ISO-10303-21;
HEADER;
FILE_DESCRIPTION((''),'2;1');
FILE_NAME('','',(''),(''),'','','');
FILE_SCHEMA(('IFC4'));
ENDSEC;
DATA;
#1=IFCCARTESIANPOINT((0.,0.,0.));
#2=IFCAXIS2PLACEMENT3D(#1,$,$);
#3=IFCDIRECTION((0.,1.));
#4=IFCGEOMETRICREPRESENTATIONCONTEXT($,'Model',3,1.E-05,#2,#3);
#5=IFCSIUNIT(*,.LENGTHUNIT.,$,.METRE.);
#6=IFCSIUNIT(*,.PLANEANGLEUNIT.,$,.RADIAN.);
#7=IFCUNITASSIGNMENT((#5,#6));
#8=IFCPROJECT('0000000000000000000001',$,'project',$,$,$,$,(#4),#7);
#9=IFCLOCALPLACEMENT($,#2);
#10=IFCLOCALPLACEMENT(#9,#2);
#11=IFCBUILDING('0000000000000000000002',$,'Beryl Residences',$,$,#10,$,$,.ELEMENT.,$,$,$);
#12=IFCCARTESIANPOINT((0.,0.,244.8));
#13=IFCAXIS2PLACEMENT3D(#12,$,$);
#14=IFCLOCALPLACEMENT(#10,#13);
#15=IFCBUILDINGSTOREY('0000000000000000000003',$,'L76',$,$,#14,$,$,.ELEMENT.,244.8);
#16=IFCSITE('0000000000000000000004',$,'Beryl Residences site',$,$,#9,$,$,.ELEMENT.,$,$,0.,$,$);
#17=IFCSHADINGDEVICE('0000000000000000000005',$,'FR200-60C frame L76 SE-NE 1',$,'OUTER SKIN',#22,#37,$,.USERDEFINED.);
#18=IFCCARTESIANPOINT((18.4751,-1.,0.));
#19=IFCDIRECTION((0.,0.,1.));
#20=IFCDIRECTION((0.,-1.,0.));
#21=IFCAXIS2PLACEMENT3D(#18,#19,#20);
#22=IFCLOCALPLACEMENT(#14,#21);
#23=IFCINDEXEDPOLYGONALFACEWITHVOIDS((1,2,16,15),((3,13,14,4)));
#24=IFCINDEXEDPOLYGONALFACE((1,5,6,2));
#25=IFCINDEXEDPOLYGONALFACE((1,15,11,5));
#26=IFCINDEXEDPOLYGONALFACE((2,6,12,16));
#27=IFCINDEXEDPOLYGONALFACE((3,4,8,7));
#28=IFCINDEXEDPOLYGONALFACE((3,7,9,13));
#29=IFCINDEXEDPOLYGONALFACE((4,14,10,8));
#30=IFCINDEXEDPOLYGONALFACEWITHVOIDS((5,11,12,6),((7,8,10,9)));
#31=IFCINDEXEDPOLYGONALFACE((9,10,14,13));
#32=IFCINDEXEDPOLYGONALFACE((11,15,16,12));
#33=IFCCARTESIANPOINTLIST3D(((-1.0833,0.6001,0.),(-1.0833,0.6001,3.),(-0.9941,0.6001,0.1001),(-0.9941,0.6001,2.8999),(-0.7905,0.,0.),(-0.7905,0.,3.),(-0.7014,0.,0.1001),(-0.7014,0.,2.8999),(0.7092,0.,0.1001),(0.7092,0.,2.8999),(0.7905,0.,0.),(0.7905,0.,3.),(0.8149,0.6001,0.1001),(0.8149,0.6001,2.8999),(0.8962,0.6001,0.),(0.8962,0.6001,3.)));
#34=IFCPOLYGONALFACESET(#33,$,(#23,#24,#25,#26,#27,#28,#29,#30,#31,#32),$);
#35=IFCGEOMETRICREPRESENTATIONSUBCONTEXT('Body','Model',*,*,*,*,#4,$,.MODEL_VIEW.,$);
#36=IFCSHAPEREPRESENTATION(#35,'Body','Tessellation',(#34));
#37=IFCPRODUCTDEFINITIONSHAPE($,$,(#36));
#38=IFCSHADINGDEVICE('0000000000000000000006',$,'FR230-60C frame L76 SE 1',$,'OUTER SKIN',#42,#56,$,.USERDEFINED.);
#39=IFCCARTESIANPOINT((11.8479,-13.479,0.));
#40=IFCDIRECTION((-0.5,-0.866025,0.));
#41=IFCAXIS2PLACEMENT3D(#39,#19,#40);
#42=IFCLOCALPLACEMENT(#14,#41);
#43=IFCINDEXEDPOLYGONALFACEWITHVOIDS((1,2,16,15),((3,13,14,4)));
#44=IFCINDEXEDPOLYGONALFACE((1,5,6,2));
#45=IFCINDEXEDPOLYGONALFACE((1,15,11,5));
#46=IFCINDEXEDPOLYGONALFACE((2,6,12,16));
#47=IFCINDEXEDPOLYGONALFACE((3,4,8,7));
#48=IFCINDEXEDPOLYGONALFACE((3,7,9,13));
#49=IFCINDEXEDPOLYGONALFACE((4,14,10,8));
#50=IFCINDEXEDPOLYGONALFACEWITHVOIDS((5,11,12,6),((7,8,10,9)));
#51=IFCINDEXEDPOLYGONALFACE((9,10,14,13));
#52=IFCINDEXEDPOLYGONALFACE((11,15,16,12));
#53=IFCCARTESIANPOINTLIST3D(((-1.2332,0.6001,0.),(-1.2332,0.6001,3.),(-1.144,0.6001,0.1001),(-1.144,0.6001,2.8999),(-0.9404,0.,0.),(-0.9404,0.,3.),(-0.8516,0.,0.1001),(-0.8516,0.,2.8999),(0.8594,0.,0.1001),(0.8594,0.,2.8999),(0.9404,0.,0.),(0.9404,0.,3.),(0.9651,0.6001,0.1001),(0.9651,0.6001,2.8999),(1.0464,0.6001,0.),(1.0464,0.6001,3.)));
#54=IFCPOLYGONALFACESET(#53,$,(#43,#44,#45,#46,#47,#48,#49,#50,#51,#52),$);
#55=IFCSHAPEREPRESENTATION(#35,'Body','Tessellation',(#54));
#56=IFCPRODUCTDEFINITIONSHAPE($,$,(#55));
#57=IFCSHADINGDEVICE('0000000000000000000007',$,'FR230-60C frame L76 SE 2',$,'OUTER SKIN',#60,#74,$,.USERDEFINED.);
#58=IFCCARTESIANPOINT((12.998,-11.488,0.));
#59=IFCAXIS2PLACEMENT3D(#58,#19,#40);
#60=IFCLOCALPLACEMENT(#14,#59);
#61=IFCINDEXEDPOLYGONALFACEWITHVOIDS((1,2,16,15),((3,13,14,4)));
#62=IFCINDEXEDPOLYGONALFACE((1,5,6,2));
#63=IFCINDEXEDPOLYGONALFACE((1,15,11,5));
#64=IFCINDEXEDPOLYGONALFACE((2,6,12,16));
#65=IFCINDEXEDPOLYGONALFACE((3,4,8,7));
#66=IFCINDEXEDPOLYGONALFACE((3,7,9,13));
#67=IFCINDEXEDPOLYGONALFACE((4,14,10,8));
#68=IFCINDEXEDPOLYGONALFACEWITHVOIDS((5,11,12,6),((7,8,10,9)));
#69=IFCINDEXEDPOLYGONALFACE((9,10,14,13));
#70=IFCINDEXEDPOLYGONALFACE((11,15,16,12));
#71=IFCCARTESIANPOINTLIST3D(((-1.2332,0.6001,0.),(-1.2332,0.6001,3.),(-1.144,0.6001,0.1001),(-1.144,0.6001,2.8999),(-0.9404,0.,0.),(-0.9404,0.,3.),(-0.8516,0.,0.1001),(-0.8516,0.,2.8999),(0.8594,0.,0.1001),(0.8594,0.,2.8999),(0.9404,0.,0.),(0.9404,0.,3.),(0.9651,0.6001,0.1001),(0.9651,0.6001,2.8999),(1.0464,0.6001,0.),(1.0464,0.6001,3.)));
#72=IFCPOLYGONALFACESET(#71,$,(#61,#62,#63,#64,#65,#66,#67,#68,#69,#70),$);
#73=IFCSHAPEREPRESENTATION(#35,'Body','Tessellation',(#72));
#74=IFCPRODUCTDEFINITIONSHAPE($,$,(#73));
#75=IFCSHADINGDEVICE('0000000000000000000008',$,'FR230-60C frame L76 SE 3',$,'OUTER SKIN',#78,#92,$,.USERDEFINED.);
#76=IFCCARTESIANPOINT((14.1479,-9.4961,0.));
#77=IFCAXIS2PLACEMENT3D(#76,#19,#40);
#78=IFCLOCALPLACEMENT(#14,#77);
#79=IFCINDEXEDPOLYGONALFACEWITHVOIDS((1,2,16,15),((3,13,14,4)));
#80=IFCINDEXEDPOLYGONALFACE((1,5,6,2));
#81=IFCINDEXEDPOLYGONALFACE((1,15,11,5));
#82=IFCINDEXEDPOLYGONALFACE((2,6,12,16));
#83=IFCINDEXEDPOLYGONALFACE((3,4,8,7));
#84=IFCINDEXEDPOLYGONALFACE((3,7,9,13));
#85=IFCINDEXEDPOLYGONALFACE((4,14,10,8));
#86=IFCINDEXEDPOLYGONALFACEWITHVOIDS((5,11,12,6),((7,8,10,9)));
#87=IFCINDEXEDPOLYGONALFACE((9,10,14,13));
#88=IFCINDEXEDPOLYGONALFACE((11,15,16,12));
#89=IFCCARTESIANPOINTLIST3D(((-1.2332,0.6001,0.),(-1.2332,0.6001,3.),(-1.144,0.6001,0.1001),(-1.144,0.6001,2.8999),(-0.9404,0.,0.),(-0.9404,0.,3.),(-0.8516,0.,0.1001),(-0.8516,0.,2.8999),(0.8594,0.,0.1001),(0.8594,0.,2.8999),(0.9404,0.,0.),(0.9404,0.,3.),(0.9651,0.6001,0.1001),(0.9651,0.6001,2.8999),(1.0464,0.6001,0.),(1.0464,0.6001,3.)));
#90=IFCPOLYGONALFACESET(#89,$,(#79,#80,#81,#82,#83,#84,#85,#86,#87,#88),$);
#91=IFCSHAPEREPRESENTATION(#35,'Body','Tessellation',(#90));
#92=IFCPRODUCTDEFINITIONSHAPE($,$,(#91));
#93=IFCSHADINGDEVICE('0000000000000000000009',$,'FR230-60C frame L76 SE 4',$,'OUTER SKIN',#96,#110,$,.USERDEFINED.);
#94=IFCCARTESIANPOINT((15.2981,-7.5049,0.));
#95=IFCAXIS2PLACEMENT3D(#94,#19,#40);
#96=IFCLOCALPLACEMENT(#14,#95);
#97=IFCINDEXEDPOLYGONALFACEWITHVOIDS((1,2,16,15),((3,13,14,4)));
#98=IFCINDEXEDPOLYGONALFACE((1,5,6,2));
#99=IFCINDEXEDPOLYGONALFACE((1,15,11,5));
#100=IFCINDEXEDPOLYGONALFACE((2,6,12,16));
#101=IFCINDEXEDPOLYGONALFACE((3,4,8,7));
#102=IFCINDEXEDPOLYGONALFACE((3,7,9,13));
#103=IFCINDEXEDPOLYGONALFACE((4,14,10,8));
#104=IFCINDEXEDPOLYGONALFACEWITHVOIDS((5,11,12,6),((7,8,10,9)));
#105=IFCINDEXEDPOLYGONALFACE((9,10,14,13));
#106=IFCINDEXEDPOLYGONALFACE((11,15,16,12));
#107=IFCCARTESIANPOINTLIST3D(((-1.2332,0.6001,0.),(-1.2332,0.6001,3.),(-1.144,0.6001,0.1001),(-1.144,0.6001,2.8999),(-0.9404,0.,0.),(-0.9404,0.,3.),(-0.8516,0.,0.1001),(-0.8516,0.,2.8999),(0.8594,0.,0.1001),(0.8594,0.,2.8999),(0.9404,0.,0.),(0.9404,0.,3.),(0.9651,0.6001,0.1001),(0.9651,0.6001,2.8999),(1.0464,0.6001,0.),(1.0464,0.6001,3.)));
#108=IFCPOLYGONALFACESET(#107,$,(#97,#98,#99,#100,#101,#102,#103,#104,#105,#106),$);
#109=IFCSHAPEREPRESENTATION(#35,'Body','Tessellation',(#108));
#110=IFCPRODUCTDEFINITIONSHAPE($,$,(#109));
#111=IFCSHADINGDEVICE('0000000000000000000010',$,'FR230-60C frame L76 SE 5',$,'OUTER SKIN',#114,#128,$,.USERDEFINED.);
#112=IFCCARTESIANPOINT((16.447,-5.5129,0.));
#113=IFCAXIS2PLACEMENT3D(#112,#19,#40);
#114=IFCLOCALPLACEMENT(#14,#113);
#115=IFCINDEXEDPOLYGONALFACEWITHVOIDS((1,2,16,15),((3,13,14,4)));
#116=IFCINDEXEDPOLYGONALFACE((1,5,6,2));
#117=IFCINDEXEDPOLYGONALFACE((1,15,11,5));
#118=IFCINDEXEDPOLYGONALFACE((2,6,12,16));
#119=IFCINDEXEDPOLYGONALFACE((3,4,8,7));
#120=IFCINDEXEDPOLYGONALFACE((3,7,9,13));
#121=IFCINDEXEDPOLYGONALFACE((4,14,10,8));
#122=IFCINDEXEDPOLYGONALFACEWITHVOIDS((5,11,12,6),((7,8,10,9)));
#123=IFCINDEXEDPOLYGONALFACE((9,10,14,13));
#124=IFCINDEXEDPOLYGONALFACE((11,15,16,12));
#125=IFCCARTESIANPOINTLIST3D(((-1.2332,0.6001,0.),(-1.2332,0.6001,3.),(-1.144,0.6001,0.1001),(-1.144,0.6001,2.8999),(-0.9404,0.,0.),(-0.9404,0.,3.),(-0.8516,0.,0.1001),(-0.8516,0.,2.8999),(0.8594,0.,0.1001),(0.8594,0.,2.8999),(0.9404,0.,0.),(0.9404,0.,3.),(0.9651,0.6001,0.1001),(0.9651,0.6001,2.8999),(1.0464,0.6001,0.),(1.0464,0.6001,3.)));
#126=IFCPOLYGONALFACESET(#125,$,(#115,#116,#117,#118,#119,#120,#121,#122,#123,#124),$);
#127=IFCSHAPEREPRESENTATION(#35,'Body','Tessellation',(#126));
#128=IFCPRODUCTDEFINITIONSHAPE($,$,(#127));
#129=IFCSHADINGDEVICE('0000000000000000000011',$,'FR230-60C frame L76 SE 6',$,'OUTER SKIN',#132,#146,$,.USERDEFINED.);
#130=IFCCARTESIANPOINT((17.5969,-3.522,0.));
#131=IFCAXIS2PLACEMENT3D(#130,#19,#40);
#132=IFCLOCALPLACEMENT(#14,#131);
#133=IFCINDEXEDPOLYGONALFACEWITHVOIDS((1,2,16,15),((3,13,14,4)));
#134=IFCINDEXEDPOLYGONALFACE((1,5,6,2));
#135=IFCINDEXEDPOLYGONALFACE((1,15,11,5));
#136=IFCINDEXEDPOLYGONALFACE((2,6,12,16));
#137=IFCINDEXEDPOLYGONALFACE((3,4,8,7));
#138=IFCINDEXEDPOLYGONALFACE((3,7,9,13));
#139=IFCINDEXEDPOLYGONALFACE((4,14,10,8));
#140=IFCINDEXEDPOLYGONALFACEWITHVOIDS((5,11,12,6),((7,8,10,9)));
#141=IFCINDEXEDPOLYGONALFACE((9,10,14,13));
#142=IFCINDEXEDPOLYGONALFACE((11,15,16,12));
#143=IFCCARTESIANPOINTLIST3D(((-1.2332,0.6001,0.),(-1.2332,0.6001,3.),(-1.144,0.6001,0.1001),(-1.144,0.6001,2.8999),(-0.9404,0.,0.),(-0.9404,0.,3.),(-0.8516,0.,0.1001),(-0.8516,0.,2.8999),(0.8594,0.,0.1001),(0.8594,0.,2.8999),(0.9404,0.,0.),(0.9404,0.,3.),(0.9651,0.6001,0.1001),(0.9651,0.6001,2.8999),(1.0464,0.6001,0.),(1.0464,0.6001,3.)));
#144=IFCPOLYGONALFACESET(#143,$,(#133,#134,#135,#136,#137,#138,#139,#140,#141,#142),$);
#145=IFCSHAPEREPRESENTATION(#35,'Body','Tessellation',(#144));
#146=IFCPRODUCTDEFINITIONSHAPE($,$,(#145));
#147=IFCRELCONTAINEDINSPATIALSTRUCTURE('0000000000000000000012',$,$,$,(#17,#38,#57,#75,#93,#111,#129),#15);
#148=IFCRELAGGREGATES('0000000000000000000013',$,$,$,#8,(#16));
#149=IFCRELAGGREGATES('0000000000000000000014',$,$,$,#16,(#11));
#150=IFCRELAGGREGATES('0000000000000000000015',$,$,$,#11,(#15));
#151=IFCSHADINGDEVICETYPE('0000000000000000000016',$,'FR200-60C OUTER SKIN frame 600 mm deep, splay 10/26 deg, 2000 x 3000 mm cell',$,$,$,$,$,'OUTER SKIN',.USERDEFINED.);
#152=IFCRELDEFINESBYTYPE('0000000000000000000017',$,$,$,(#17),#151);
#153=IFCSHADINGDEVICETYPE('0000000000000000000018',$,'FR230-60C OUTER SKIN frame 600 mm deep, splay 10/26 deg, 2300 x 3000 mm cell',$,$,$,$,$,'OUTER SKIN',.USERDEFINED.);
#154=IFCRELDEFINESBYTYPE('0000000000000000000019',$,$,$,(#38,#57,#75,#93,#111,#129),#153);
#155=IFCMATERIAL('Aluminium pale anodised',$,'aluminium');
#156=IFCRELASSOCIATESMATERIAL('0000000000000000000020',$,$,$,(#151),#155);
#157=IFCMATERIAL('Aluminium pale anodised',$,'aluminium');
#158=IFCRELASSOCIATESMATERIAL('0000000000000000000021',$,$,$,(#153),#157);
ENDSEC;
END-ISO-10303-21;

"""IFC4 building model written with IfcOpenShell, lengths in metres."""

from ifc_helpers import new_model, entity, si_unit, direction, frame, origin, place, context, subcontext, project, spatial, source, transform, mapped, material, type_object, type_shapes, element, save


model = new_model("IFC4")

# Units and contexts
model_context = context("Model", 3, precision=1e-05, world=origin(), true_north=direction((0.0, 1.0)))
body_context = subcontext(model_context, "Body", "Model", "MODEL_VIEW")
ifc_project = project(units=[si_unit("LENGTHUNIT", "METRE"), si_unit("PLANEANGLEUNIT", "RADIAN")], contexts=[model_context])

# Site, building, storey
site_placement = place(None, origin())
site = spatial("IfcSite", under=ifc_project, at=site_placement, Name="Beryl Residences site", CompositionType="ELEMENT", RefElevation=0.0)
building_placement = place(site_placement, origin())
building = spatial("IfcBuilding", under=site, at=building_placement, Name="Beryl Residences", CompositionType="ELEMENT")
storey_placement = place(building_placement, frame((0.0, 0.0, 244.8)))
storey = spatial("IfcBuildingStorey", under=building, at=storey_placement, Name="L76", CompositionType="ELEMENT", Elevation=244.8)

# Shading devices
ifc_material_1 = material(Name="Aluminium pale anodised", Category="aluminium")
shading_device_type_1 = type_object("IfcShadingDeviceType", Name="FR200-60C OUTER SKIN frame 600 mm deep, splay 10/26 deg, 2000 x 3000 mm cell", ElementType="OUTER SKIN", PredefinedType="USERDEFINED", material=ifc_material_1)
cartesian_point_1 = entity("IfcCartesianPoint", [-0.7905, 0.0])
cartesian_point_2 = entity("IfcCartesianPoint", [-0.7092, 0.1001])
cartesian_point_3 = entity("IfcCartesianPoint", [-0.8962, 0.0])
cartesian_point_4 = entity("IfcCartesianPoint", [-0.8149, 0.1001])
shared_shape_1 = source(origin(), body_context, "Body", "SweptSolid", [
    entity("IfcExtrudedAreaSolidTapered", entity("IfcArbitraryProfileDefWithVoids", "AREA", None, entity("IfcPolyline", [cartesian_point_1, entity("IfcCartesianPoint", [0.7905, 0.0]), entity("IfcCartesianPoint", [0.7905, 3.0]), entity("IfcCartesianPoint", [-0.7905, 3.0]), cartesian_point_1]), [entity("IfcPolyline", [cartesian_point_2, entity("IfcCartesianPoint", [0.7014, 0.1001]), entity("IfcCartesianPoint", [0.7014, 2.8999]), entity("IfcCartesianPoint", [-0.7092, 2.8999]), cartesian_point_2])]), entity("IfcAxis2Placement3D", entity("IfcCartesianPoint", [0.0, 0.0, 0.0]), entity("IfcDirection", [0.0, 1.0, 0.0]), entity("IfcDirection", [-1.0, 0.0, 0.0])), entity("IfcDirection", [0.0, 0.0, 1.0]), 0.6001, entity("IfcArbitraryProfileDefWithVoids", "AREA", None, entity("IfcPolyline", [cartesian_point_3, entity("IfcCartesianPoint", [1.0833, 0.0]), entity("IfcCartesianPoint", [1.0833, 3.0]), entity("IfcCartesianPoint", [-0.8962, 3.0]), cartesian_point_3]), [entity("IfcPolyline", [cartesian_point_4, entity("IfcCartesianPoint", [0.9941, 0.1001]), entity("IfcCartesianPoint", [0.9941, 2.8999]), entity("IfcCartesianPoint", [-0.8149, 2.8999]), cartesian_point_4])])),
])
type_shapes(shading_device_type_1, [shared_shape_1])
shading_device_placement = place(storey_placement, frame((18.4751, -1.0, 0.0), z_axis=(0.0, 0.0, 1.0), x_axis=(0.0, -1.0, 0.0)))
element("IfcShadingDevice", 1, at=shading_device_placement, inside=storey, type_object=shading_device_type_1, Name="FR200-60C frame L76 SE-NE 1", ObjectType="OUTER SKIN", PredefinedType="USERDEFINED", context=body_context, shape_type="MappedRepresentation", body=[
    mapped(shared_shape_1, transform((0.0, 0.0, 0.0))),
])
ifc_material_2 = material(Name="Aluminium pale anodised", Category="aluminium")
shading_device_type_2 = type_object("IfcShadingDeviceType", Name="FR230-60C OUTER SKIN frame 600 mm deep, splay 10/26 deg, 2300 x 3000 mm cell", ElementType="OUTER SKIN", PredefinedType="USERDEFINED", material=ifc_material_2)
cartesian_point_5 = entity("IfcCartesianPoint", [-0.9404, 0.0])
cartesian_point_6 = entity("IfcCartesianPoint", [-0.8594, 0.1001])
cartesian_point_7 = entity("IfcCartesianPoint", [-1.0464, 0.0])
cartesian_point_8 = entity("IfcCartesianPoint", [-0.9651, 0.1001])
shared_shape_2 = source(origin(), body_context, "Body", "SweptSolid", [
    entity("IfcExtrudedAreaSolidTapered", entity("IfcArbitraryProfileDefWithVoids", "AREA", None, entity("IfcPolyline", [cartesian_point_5, entity("IfcCartesianPoint", [0.9404, 0.0]), entity("IfcCartesianPoint", [0.9404, 3.0]), entity("IfcCartesianPoint", [-0.9404, 3.0]), cartesian_point_5]), [entity("IfcPolyline", [cartesian_point_6, entity("IfcCartesianPoint", [0.8516, 0.1001]), entity("IfcCartesianPoint", [0.8516, 2.8999]), entity("IfcCartesianPoint", [-0.8594, 2.8999]), cartesian_point_6])]), entity("IfcAxis2Placement3D", entity("IfcCartesianPoint", [0.0, 0.0, 0.0]), entity("IfcDirection", [0.0, 1.0, 0.0]), entity("IfcDirection", [-1.0, 0.0, 0.0])), entity("IfcDirection", [0.0, 0.0, 1.0]), 0.6001, entity("IfcArbitraryProfileDefWithVoids", "AREA", None, entity("IfcPolyline", [cartesian_point_7, entity("IfcCartesianPoint", [1.2332, 0.0]), entity("IfcCartesianPoint", [1.2332, 3.0]), entity("IfcCartesianPoint", [-1.0464, 3.0]), cartesian_point_7]), [entity("IfcPolyline", [cartesian_point_8, entity("IfcCartesianPoint", [1.144, 0.1001]), entity("IfcCartesianPoint", [1.144, 2.8999]), entity("IfcCartesianPoint", [-0.9651, 2.8999]), cartesian_point_8])])),
])
type_shapes(shading_device_type_2, [shared_shape_2])
for number, where, z_axis, x_axis, name in (
    (2, (11.8479, -13.479, 0.0), (0.0, 0.0, 1.0), (-0.5, -0.866025, 0.0), "FR230-60C frame L76 SE 1"),
    (3, (12.998, -11.488, 0.0), (0.0, 0.0, 1.0), (-0.5, -0.866025, 0.0), "FR230-60C frame L76 SE 2"),
    (4, (14.1479, -9.4961, 0.0), (0.0, 0.0, 1.0), (-0.5, -0.866025, 0.0), "FR230-60C frame L76 SE 3"),
    (5, (15.2981, -7.5049, 0.0), (0.0, 0.0, 1.0), (-0.5, -0.866025, 0.0), "FR230-60C frame L76 SE 4"),
    (6, (16.447, -5.5129, 0.0), (0.0, 0.0, 1.0), (-0.5, -0.866025, 0.0), "FR230-60C frame L76 SE 5"),
    (7, (17.5969, -3.522, 0.0), (0.0, 0.0, 1.0), (-0.5, -0.866025, 0.0), "FR230-60C frame L76 SE 6"),
):
    element("IfcShadingDevice", number, at=place(storey_placement, frame(where, z_axis=z_axis, x_axis=x_axis)), inside=storey, type_object=shading_device_type_2, Name=name, ObjectType="OUTER SKIN", PredefinedType="USERDEFINED", context=body_context, shape_type="MappedRepresentation", body=[
        mapped(shared_shape_2, transform((0.0, 0.0, 0.0))),
    ])

save(model, "model.ifc")
